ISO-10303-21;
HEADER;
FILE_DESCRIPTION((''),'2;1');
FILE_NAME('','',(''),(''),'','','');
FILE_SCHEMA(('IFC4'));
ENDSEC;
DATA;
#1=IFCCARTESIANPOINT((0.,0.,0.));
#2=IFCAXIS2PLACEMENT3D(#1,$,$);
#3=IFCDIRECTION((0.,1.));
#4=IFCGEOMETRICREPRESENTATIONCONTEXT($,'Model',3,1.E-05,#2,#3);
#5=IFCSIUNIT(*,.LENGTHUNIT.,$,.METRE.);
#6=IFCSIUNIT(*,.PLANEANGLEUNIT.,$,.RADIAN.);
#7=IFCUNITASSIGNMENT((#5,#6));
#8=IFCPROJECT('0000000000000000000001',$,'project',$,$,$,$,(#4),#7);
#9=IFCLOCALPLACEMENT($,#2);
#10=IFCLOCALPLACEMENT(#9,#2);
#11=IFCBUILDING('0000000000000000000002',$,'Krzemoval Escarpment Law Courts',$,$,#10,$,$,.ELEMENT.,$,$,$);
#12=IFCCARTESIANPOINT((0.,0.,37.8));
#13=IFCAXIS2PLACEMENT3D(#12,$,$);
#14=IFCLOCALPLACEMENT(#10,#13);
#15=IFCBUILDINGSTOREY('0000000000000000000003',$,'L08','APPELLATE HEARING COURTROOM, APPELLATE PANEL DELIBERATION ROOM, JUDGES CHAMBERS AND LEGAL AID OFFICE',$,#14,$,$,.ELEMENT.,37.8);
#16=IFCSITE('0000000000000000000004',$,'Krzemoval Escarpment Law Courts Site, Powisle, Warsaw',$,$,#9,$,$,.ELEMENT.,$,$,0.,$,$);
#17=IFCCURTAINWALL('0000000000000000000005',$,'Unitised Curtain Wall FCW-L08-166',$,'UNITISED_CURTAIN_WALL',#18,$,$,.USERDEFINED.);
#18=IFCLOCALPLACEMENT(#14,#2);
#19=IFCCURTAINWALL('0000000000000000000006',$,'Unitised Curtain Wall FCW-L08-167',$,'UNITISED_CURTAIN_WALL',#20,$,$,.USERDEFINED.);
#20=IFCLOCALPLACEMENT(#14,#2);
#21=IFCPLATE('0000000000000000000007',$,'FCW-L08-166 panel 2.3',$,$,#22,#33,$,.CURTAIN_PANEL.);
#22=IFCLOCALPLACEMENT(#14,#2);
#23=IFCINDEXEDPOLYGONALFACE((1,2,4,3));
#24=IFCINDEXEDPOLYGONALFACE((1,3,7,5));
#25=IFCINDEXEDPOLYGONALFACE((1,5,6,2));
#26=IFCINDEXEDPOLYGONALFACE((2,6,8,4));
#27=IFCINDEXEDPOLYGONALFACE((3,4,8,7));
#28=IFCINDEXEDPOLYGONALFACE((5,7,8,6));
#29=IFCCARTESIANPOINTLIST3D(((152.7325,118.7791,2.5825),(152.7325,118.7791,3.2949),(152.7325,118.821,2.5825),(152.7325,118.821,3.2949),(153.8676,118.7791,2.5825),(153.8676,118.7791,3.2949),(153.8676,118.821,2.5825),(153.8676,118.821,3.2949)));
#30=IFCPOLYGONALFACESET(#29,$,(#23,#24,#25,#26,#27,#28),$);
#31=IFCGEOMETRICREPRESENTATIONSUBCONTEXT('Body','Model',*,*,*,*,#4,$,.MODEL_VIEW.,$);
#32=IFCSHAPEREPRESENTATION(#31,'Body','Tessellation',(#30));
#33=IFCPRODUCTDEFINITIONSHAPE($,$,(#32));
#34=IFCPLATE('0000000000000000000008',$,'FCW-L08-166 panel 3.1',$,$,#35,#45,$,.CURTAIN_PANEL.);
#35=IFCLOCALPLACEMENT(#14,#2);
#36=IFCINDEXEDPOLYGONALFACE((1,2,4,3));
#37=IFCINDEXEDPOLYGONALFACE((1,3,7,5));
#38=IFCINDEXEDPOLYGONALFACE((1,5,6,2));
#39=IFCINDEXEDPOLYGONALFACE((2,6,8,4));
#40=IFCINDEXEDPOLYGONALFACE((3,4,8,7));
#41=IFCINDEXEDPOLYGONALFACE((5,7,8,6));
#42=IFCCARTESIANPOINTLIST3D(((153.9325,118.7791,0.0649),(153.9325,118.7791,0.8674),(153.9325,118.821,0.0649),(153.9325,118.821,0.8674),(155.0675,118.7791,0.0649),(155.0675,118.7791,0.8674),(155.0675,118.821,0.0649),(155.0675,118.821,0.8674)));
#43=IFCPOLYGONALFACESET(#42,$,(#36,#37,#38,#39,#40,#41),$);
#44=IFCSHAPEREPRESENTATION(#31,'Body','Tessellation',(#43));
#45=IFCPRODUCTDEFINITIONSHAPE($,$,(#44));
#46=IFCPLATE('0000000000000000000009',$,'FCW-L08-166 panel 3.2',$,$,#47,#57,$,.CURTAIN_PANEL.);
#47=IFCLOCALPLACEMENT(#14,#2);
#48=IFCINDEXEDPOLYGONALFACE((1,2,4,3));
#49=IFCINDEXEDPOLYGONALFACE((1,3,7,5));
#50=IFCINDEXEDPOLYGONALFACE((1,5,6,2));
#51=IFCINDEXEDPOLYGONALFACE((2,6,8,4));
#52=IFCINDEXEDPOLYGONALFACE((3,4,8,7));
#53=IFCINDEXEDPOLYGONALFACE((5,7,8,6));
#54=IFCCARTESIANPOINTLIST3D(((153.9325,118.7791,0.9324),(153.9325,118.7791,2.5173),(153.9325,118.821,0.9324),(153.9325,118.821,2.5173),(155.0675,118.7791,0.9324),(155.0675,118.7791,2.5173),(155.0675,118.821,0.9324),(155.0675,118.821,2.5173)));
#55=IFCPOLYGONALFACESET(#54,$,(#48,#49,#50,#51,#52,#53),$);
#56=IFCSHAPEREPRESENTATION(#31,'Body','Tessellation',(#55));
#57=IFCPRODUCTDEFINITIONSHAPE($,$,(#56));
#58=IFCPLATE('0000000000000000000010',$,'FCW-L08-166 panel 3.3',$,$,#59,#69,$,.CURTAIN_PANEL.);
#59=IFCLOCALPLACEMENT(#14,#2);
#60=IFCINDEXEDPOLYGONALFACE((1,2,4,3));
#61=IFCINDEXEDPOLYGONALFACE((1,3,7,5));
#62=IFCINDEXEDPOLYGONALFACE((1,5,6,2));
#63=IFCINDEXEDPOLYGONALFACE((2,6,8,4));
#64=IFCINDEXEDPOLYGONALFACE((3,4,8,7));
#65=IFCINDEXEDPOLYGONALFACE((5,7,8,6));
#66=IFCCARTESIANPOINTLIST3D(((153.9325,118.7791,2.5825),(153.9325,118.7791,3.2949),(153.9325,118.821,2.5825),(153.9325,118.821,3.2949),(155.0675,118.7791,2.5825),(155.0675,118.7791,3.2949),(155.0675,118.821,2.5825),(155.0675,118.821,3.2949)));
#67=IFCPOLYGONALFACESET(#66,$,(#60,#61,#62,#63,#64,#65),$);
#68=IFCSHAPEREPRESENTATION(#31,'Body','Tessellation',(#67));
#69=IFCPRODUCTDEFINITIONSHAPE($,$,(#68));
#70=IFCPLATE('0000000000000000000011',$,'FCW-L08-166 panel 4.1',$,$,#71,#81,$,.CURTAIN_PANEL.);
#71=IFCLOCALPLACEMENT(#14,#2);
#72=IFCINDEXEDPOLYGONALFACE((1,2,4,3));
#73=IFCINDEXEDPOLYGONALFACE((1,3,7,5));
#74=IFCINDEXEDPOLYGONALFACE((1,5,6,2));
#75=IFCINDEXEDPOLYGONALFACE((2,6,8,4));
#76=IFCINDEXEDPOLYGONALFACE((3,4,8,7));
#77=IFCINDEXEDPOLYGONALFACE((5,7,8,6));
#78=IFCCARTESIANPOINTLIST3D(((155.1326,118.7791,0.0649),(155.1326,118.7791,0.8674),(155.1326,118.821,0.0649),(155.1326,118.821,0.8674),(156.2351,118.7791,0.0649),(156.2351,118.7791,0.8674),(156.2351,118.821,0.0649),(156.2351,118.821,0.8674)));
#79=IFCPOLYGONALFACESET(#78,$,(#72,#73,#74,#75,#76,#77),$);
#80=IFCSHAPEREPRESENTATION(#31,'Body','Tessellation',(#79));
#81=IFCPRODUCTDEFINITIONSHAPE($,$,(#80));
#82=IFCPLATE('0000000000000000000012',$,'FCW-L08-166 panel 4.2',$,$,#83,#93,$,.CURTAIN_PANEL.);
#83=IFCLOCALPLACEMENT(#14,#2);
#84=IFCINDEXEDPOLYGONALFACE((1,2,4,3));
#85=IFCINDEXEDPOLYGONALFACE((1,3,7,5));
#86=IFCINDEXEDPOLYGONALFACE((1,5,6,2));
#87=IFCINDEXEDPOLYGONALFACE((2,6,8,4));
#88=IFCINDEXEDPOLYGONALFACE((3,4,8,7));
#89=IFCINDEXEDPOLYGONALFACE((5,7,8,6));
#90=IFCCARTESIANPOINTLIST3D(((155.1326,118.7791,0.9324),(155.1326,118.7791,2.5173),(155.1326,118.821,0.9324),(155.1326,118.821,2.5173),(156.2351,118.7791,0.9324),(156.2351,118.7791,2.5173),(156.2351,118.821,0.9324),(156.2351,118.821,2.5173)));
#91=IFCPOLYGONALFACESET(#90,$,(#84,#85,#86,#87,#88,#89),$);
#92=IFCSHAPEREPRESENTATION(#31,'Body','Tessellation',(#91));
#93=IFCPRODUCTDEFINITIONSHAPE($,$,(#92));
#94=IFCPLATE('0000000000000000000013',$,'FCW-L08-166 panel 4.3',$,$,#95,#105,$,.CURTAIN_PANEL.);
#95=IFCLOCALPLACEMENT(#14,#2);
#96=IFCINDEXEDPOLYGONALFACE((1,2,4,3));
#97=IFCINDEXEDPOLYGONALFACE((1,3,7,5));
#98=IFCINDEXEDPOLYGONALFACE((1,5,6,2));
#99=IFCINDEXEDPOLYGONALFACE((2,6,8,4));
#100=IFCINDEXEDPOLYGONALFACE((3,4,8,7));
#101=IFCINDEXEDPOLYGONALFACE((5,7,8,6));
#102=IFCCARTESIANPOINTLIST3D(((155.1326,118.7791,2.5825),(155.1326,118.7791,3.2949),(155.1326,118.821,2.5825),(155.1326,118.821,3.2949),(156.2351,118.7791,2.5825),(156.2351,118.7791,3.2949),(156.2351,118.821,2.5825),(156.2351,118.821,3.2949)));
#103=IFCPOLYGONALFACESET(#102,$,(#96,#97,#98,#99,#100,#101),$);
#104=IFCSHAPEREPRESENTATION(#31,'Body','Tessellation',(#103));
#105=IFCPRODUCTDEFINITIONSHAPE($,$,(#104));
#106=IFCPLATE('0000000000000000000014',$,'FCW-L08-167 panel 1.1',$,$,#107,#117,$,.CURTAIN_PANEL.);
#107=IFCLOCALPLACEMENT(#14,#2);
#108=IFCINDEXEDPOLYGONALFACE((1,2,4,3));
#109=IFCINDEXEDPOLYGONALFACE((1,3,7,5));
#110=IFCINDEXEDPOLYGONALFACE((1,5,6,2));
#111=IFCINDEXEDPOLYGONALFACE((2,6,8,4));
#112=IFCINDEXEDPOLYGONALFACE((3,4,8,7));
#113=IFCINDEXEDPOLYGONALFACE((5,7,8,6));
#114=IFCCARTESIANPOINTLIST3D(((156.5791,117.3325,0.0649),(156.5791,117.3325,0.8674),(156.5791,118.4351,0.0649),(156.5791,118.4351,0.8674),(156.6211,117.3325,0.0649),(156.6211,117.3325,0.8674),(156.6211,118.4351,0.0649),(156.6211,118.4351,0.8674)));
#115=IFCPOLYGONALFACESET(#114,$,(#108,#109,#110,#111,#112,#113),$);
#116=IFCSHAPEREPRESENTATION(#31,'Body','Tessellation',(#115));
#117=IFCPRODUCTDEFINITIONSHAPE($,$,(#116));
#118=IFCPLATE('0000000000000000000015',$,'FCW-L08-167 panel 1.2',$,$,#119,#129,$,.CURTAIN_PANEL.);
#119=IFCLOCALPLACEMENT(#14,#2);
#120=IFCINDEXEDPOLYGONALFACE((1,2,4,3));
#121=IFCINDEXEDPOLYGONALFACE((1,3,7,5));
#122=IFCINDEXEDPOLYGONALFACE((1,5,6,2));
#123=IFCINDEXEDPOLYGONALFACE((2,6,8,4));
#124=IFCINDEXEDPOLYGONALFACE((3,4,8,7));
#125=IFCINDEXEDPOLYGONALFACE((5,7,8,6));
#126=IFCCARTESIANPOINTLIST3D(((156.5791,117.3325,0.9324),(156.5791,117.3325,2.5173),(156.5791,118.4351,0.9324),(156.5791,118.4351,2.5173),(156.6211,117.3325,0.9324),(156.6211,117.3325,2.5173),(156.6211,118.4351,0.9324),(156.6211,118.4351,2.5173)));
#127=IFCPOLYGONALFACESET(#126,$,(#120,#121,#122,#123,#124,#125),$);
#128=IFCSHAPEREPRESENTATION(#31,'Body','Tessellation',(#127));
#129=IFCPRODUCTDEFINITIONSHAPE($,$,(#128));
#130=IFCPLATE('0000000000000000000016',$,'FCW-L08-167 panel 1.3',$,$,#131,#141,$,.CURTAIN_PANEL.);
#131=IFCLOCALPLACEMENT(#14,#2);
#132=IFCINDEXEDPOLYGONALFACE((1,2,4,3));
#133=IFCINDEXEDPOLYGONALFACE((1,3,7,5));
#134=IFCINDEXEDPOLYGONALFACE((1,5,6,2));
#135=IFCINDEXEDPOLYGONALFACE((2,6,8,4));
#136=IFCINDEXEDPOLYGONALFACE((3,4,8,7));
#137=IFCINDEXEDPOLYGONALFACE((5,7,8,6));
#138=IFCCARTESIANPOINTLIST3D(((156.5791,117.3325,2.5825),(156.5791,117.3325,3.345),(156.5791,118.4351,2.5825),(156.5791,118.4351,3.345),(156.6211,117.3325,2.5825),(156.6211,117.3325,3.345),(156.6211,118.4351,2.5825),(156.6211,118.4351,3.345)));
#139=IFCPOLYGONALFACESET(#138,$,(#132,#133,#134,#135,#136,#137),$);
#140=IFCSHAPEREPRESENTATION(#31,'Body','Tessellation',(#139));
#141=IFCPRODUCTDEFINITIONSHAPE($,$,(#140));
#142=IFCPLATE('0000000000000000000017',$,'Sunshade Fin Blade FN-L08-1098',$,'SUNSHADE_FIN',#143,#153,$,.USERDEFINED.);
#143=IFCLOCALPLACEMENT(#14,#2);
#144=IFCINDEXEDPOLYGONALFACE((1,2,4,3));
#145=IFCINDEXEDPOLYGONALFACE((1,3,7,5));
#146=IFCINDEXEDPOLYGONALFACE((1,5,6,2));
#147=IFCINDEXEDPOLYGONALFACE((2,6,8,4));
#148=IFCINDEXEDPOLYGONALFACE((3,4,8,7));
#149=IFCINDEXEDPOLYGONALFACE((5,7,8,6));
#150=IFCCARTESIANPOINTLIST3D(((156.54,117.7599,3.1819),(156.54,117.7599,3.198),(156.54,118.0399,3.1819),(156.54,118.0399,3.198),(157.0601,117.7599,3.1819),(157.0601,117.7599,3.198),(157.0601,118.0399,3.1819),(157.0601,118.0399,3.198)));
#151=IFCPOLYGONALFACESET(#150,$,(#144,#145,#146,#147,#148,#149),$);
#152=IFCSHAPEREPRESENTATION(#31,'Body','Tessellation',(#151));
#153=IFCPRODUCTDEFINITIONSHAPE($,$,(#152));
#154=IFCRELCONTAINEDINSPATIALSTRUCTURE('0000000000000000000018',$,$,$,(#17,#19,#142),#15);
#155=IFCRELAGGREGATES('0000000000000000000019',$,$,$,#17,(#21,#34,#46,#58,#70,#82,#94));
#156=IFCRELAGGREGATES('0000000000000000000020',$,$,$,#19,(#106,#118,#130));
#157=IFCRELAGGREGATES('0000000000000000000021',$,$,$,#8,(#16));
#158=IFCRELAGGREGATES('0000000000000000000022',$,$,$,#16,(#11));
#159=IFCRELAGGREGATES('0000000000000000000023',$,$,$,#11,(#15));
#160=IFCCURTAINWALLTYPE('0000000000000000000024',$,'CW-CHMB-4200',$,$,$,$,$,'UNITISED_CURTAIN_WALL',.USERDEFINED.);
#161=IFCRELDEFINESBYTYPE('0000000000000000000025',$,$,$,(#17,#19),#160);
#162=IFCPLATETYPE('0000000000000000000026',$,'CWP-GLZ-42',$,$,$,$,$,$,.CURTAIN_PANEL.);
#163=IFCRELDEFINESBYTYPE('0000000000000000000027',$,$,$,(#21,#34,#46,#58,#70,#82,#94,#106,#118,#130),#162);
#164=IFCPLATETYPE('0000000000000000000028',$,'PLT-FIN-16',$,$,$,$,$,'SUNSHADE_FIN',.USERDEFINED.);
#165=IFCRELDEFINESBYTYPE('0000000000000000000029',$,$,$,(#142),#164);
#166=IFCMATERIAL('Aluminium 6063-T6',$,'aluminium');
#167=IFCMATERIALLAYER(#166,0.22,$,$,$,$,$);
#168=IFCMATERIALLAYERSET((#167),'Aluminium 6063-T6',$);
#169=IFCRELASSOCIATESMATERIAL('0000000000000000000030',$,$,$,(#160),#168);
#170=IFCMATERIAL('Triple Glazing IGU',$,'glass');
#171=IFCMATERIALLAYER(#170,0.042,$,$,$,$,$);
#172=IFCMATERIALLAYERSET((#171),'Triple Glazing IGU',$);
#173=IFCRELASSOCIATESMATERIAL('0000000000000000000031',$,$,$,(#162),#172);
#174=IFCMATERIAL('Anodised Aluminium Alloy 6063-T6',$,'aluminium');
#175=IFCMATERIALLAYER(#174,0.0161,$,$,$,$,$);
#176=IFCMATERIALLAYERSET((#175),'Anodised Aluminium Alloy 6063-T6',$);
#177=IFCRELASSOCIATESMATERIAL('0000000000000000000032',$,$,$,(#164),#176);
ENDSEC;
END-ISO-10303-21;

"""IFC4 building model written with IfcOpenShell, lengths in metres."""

from ifc_helpers import new_model, si_unit, direction, frame, origin, origin_2d, place, context, subcontext, project, spatial, rectangle, extrude, material, layer, layer_set, type_object, element, aggregate, save


model = new_model("IFC4")

# Units and contexts
model_context = context("Model", 3, precision=1e-05, world=origin(), true_north=direction((0.0, 1.0)))
body_context = subcontext(model_context, "Body", "Model", "MODEL_VIEW")
ifc_project = project(units=[si_unit("LENGTHUNIT", "METRE"), si_unit("PLANEANGLEUNIT", "RADIAN")], contexts=[model_context])

# Site, building, storey
site_placement = place(None, origin())
site = spatial("IfcSite", under=ifc_project, at=site_placement, Name="Krzemoval Escarpment Law Courts Site, Powisle, Warsaw", CompositionType="ELEMENT", RefElevation=0.0)
building_placement = place(site_placement, origin())
building = spatial("IfcBuilding", under=site, at=building_placement, Name="Krzemoval Escarpment Law Courts", CompositionType="ELEMENT")
storey_placement = place(building_placement, frame((0.0, 0.0, 37.8)))
storey = spatial("IfcBuildingStorey", under=building, at=storey_placement, Name="L08", Description="APPELLATE HEARING COURTROOM, APPELLATE PANEL DELIBERATION ROOM, JUDGES CHAMBERS AND LEGAL AID OFFICE", CompositionType="ELEMENT", Elevation=37.8)

# Curtain wall
ifc_material_1 = material(Name="Aluminium 6063-T6", Category="aluminium")
ifc_layer_1 = layer(ifc_material_1, 0.22)
ifc_layer_set_1 = layer_set([ifc_layer_1], Name="Aluminium 6063-T6")
curtain_wall_type = type_object("IfcCurtainWallType", Name="CW-CHMB-4200", ElementType="UNITISED_CURTAIN_WALL", PredefinedType="USERDEFINED", material=ifc_layer_set_1)
curtain_wall_1_placement = place(storey_placement, origin())
curtain_wall_1 = element("IfcCurtainWall", 1, at=curtain_wall_1_placement, inside=storey, type_object=curtain_wall_type, Name="Unitised Curtain Wall FCW-L08-166", ObjectType="UNITISED_CURTAIN_WALL", PredefinedType="USERDEFINED")

# Curtain wall
curtain_wall_2_placement = place(storey_placement, origin())
curtain_wall_2 = element("IfcCurtainWall", 2, at=curtain_wall_2_placement, inside=storey, type_object=curtain_wall_type, Name="Unitised Curtain Wall FCW-L08-167", ObjectType="UNITISED_CURTAIN_WALL", PredefinedType="USERDEFINED")

# Plates
ifc_material_2 = material(Name="Triple Glazing IGU", Category="glass")
ifc_layer_2 = layer(ifc_material_2, 0.042)
ifc_layer_set_2 = layer_set([ifc_layer_2], Name="Triple Glazing IGU")
plate_type_1 = type_object("IfcPlateType", Name="CWP-GLZ-42", PredefinedType="CURTAIN_PANEL", material=ifc_layer_set_2)
plate_1_placement = place(storey_placement, frame((153.3, 118.8, 2.5825), z_axis=(0.0, 0.0, 1.0), x_axis=(1.0, 0.0, 0.0)))
plate_1 = element("IfcPlate", 3, at=plate_1_placement, type_object=plate_type_1, Name="FCW-L08-166 panel 2.3", PredefinedType="CURTAIN_PANEL", context=body_context, shape_type="SweptSolid", body=[
    extrude(rectangle(XDim=1.135, YDim=0.042, at=origin_2d()), origin(), (0.0, 0.0, 1.0), 0.7124),
])
plate_2_placement = place(storey_placement, frame((154.5, 118.8, 0.0649), z_axis=(0.0, 0.0, 1.0), x_axis=(1.0, 0.0, 0.0)))
plate_2 = element("IfcPlate", 4, at=plate_2_placement, type_object=plate_type_1, Name="FCW-L08-166 panel 3.1", PredefinedType="CURTAIN_PANEL", context=body_context, shape_type="SweptSolid", body=[
    extrude(rectangle(XDim=1.135, YDim=0.042, at=origin_2d()), origin(), (0.0, 0.0, 1.0), 0.8025),
])
plate_3_placement = place(storey_placement, frame((154.5, 118.8, 0.9324), z_axis=(0.0, 0.0, 1.0), x_axis=(1.0, 0.0, 0.0)))
plate_3 = element("IfcPlate", 5, at=plate_3_placement, type_object=plate_type_1, Name="FCW-L08-166 panel 3.2", PredefinedType="CURTAIN_PANEL", context=body_context, shape_type="SweptSolid", body=[
    extrude(rectangle(XDim=1.135, YDim=0.042, at=origin_2d()), origin(), (0.0, 0.0, 1.0), 1.585),
])
plate_4_placement = place(storey_placement, frame((154.5, 118.8, 2.5825), z_axis=(0.0, 0.0, 1.0), x_axis=(1.0, 0.0, 0.0)))
plate_4 = element("IfcPlate", 6, at=plate_4_placement, type_object=plate_type_1, Name="FCW-L08-166 panel 3.3", PredefinedType="CURTAIN_PANEL", context=body_context, shape_type="SweptSolid", body=[
    extrude(rectangle(XDim=1.135, YDim=0.042, at=origin_2d()), origin(), (0.0, 0.0, 1.0), 0.7124),
])
plate_5_placement = place(storey_placement, frame((155.6838, 118.8, 0.0649), z_axis=(0.0, 0.0, 1.0), x_axis=(1.0, 0.0, 0.0)))
plate_5 = element("IfcPlate", 7, at=plate_5_placement, type_object=plate_type_1, Name="FCW-L08-166 panel 4.1", PredefinedType="CURTAIN_PANEL", context=body_context, shape_type="SweptSolid", body=[
    extrude(rectangle(XDim=1.1025, YDim=0.042, at=origin_2d()), origin(), (0.0, 0.0, 1.0), 0.8025),
])
plate_6_placement = place(storey_placement, frame((155.6838, 118.8, 0.9324), z_axis=(0.0, 0.0, 1.0), x_axis=(1.0, 0.0, 0.0)))
plate_6 = element("IfcPlate", 8, at=plate_6_placement, type_object=plate_type_1, Name="FCW-L08-166 panel 4.2", PredefinedType="CURTAIN_PANEL", context=body_context, shape_type="SweptSolid", body=[
    extrude(rectangle(XDim=1.1025, YDim=0.042, at=origin_2d()), origin(), (0.0, 0.0, 1.0), 1.585),
])
plate_7_placement = place(storey_placement, frame((155.6838, 118.8, 2.5825), z_axis=(0.0, 0.0, 1.0), x_axis=(1.0, 0.0, 0.0)))
plate_7 = element("IfcPlate", 9, at=plate_7_placement, type_object=plate_type_1, Name="FCW-L08-166 panel 4.3", PredefinedType="CURTAIN_PANEL", context=body_context, shape_type="SweptSolid", body=[
    extrude(rectangle(XDim=1.1025, YDim=0.042, at=origin_2d()), origin(), (0.0, 0.0, 1.0), 0.7124),
])
aggregate(curtain_wall_1, [plate_1, plate_2, plate_3, plate_4, plate_5, plate_6, plate_7])
plate_8_placement = place(storey_placement, frame((156.6001, 117.8838, 0.0649), z_axis=(0.0, 0.0, 1.0), x_axis=(0.0, -1.0, 0.0)))
plate_8 = element("IfcPlate", 10, at=plate_8_placement, type_object=plate_type_1, Name="FCW-L08-167 panel 1.1", PredefinedType="CURTAIN_PANEL", context=body_context, shape_type="SweptSolid", body=[
    extrude(rectangle(XDim=1.1025, YDim=0.042, at=origin_2d()), origin(), (0.0, 0.0, 1.0), 0.8025),
])
plate_9_placement = place(storey_placement, frame((156.6001, 117.8838, 0.9324), z_axis=(0.0, 0.0, 1.0), x_axis=(0.0, -1.0, 0.0)))
plate_9 = element("IfcPlate", 11, at=plate_9_placement, type_object=plate_type_1, Name="FCW-L08-167 panel 1.2", PredefinedType="CURTAIN_PANEL", context=body_context, shape_type="SweptSolid", body=[
    extrude(rectangle(XDim=1.1025, YDim=0.042, at=origin_2d()), origin(), (0.0, 0.0, 1.0), 1.585),
])
plate_10_placement = place(storey_placement, frame((156.6001, 117.8838, 2.5825), z_axis=(0.0, 0.0, 1.0), x_axis=(0.0, -1.0, 0.0)))
plate_10 = element("IfcPlate", 12, at=plate_10_placement, type_object=plate_type_1, Name="FCW-L08-167 panel 1.3", PredefinedType="CURTAIN_PANEL", context=body_context, shape_type="SweptSolid", body=[
    extrude(rectangle(XDim=1.1025, YDim=0.042, at=origin_2d()), origin(), (0.0, 0.0, 1.0), 0.7625),
])
aggregate(curtain_wall_2, [plate_8, plate_9, plate_10])
ifc_material_3 = material(Name="Anodised Aluminium Alloy 6063-T6", Category="aluminium")
ifc_layer_3 = layer(ifc_material_3, 0.0161)
ifc_layer_set_3 = layer_set([ifc_layer_3], Name="Anodised Aluminium Alloy 6063-T6")
plate_type_2 = type_object("IfcPlateType", Name="PLT-FIN-16", ElementType="SUNSHADE_FIN", PredefinedType="USERDEFINED", material=ifc_layer_set_3)
plate_11_placement = place(storey_placement, frame((156.8, 117.8999, 3.1819), z_axis=(0.0, 0.0, 1.0), x_axis=(1.0, 0.0, 0.0)))
element("IfcPlate", 13, at=plate_11_placement, inside=storey, type_object=plate_type_2, Name="Sunshade Fin Blade FN-L08-1098", ObjectType="SUNSHADE_FIN", PredefinedType="USERDEFINED", context=body_context, shape_type="SweptSolid", body=[
    extrude(rectangle(XDim=0.52, YDim=0.28, at=origin_2d()), origin(), (0.0, 0.0, 1.0), 0.0161),
])

save(model, "model.ifc")
